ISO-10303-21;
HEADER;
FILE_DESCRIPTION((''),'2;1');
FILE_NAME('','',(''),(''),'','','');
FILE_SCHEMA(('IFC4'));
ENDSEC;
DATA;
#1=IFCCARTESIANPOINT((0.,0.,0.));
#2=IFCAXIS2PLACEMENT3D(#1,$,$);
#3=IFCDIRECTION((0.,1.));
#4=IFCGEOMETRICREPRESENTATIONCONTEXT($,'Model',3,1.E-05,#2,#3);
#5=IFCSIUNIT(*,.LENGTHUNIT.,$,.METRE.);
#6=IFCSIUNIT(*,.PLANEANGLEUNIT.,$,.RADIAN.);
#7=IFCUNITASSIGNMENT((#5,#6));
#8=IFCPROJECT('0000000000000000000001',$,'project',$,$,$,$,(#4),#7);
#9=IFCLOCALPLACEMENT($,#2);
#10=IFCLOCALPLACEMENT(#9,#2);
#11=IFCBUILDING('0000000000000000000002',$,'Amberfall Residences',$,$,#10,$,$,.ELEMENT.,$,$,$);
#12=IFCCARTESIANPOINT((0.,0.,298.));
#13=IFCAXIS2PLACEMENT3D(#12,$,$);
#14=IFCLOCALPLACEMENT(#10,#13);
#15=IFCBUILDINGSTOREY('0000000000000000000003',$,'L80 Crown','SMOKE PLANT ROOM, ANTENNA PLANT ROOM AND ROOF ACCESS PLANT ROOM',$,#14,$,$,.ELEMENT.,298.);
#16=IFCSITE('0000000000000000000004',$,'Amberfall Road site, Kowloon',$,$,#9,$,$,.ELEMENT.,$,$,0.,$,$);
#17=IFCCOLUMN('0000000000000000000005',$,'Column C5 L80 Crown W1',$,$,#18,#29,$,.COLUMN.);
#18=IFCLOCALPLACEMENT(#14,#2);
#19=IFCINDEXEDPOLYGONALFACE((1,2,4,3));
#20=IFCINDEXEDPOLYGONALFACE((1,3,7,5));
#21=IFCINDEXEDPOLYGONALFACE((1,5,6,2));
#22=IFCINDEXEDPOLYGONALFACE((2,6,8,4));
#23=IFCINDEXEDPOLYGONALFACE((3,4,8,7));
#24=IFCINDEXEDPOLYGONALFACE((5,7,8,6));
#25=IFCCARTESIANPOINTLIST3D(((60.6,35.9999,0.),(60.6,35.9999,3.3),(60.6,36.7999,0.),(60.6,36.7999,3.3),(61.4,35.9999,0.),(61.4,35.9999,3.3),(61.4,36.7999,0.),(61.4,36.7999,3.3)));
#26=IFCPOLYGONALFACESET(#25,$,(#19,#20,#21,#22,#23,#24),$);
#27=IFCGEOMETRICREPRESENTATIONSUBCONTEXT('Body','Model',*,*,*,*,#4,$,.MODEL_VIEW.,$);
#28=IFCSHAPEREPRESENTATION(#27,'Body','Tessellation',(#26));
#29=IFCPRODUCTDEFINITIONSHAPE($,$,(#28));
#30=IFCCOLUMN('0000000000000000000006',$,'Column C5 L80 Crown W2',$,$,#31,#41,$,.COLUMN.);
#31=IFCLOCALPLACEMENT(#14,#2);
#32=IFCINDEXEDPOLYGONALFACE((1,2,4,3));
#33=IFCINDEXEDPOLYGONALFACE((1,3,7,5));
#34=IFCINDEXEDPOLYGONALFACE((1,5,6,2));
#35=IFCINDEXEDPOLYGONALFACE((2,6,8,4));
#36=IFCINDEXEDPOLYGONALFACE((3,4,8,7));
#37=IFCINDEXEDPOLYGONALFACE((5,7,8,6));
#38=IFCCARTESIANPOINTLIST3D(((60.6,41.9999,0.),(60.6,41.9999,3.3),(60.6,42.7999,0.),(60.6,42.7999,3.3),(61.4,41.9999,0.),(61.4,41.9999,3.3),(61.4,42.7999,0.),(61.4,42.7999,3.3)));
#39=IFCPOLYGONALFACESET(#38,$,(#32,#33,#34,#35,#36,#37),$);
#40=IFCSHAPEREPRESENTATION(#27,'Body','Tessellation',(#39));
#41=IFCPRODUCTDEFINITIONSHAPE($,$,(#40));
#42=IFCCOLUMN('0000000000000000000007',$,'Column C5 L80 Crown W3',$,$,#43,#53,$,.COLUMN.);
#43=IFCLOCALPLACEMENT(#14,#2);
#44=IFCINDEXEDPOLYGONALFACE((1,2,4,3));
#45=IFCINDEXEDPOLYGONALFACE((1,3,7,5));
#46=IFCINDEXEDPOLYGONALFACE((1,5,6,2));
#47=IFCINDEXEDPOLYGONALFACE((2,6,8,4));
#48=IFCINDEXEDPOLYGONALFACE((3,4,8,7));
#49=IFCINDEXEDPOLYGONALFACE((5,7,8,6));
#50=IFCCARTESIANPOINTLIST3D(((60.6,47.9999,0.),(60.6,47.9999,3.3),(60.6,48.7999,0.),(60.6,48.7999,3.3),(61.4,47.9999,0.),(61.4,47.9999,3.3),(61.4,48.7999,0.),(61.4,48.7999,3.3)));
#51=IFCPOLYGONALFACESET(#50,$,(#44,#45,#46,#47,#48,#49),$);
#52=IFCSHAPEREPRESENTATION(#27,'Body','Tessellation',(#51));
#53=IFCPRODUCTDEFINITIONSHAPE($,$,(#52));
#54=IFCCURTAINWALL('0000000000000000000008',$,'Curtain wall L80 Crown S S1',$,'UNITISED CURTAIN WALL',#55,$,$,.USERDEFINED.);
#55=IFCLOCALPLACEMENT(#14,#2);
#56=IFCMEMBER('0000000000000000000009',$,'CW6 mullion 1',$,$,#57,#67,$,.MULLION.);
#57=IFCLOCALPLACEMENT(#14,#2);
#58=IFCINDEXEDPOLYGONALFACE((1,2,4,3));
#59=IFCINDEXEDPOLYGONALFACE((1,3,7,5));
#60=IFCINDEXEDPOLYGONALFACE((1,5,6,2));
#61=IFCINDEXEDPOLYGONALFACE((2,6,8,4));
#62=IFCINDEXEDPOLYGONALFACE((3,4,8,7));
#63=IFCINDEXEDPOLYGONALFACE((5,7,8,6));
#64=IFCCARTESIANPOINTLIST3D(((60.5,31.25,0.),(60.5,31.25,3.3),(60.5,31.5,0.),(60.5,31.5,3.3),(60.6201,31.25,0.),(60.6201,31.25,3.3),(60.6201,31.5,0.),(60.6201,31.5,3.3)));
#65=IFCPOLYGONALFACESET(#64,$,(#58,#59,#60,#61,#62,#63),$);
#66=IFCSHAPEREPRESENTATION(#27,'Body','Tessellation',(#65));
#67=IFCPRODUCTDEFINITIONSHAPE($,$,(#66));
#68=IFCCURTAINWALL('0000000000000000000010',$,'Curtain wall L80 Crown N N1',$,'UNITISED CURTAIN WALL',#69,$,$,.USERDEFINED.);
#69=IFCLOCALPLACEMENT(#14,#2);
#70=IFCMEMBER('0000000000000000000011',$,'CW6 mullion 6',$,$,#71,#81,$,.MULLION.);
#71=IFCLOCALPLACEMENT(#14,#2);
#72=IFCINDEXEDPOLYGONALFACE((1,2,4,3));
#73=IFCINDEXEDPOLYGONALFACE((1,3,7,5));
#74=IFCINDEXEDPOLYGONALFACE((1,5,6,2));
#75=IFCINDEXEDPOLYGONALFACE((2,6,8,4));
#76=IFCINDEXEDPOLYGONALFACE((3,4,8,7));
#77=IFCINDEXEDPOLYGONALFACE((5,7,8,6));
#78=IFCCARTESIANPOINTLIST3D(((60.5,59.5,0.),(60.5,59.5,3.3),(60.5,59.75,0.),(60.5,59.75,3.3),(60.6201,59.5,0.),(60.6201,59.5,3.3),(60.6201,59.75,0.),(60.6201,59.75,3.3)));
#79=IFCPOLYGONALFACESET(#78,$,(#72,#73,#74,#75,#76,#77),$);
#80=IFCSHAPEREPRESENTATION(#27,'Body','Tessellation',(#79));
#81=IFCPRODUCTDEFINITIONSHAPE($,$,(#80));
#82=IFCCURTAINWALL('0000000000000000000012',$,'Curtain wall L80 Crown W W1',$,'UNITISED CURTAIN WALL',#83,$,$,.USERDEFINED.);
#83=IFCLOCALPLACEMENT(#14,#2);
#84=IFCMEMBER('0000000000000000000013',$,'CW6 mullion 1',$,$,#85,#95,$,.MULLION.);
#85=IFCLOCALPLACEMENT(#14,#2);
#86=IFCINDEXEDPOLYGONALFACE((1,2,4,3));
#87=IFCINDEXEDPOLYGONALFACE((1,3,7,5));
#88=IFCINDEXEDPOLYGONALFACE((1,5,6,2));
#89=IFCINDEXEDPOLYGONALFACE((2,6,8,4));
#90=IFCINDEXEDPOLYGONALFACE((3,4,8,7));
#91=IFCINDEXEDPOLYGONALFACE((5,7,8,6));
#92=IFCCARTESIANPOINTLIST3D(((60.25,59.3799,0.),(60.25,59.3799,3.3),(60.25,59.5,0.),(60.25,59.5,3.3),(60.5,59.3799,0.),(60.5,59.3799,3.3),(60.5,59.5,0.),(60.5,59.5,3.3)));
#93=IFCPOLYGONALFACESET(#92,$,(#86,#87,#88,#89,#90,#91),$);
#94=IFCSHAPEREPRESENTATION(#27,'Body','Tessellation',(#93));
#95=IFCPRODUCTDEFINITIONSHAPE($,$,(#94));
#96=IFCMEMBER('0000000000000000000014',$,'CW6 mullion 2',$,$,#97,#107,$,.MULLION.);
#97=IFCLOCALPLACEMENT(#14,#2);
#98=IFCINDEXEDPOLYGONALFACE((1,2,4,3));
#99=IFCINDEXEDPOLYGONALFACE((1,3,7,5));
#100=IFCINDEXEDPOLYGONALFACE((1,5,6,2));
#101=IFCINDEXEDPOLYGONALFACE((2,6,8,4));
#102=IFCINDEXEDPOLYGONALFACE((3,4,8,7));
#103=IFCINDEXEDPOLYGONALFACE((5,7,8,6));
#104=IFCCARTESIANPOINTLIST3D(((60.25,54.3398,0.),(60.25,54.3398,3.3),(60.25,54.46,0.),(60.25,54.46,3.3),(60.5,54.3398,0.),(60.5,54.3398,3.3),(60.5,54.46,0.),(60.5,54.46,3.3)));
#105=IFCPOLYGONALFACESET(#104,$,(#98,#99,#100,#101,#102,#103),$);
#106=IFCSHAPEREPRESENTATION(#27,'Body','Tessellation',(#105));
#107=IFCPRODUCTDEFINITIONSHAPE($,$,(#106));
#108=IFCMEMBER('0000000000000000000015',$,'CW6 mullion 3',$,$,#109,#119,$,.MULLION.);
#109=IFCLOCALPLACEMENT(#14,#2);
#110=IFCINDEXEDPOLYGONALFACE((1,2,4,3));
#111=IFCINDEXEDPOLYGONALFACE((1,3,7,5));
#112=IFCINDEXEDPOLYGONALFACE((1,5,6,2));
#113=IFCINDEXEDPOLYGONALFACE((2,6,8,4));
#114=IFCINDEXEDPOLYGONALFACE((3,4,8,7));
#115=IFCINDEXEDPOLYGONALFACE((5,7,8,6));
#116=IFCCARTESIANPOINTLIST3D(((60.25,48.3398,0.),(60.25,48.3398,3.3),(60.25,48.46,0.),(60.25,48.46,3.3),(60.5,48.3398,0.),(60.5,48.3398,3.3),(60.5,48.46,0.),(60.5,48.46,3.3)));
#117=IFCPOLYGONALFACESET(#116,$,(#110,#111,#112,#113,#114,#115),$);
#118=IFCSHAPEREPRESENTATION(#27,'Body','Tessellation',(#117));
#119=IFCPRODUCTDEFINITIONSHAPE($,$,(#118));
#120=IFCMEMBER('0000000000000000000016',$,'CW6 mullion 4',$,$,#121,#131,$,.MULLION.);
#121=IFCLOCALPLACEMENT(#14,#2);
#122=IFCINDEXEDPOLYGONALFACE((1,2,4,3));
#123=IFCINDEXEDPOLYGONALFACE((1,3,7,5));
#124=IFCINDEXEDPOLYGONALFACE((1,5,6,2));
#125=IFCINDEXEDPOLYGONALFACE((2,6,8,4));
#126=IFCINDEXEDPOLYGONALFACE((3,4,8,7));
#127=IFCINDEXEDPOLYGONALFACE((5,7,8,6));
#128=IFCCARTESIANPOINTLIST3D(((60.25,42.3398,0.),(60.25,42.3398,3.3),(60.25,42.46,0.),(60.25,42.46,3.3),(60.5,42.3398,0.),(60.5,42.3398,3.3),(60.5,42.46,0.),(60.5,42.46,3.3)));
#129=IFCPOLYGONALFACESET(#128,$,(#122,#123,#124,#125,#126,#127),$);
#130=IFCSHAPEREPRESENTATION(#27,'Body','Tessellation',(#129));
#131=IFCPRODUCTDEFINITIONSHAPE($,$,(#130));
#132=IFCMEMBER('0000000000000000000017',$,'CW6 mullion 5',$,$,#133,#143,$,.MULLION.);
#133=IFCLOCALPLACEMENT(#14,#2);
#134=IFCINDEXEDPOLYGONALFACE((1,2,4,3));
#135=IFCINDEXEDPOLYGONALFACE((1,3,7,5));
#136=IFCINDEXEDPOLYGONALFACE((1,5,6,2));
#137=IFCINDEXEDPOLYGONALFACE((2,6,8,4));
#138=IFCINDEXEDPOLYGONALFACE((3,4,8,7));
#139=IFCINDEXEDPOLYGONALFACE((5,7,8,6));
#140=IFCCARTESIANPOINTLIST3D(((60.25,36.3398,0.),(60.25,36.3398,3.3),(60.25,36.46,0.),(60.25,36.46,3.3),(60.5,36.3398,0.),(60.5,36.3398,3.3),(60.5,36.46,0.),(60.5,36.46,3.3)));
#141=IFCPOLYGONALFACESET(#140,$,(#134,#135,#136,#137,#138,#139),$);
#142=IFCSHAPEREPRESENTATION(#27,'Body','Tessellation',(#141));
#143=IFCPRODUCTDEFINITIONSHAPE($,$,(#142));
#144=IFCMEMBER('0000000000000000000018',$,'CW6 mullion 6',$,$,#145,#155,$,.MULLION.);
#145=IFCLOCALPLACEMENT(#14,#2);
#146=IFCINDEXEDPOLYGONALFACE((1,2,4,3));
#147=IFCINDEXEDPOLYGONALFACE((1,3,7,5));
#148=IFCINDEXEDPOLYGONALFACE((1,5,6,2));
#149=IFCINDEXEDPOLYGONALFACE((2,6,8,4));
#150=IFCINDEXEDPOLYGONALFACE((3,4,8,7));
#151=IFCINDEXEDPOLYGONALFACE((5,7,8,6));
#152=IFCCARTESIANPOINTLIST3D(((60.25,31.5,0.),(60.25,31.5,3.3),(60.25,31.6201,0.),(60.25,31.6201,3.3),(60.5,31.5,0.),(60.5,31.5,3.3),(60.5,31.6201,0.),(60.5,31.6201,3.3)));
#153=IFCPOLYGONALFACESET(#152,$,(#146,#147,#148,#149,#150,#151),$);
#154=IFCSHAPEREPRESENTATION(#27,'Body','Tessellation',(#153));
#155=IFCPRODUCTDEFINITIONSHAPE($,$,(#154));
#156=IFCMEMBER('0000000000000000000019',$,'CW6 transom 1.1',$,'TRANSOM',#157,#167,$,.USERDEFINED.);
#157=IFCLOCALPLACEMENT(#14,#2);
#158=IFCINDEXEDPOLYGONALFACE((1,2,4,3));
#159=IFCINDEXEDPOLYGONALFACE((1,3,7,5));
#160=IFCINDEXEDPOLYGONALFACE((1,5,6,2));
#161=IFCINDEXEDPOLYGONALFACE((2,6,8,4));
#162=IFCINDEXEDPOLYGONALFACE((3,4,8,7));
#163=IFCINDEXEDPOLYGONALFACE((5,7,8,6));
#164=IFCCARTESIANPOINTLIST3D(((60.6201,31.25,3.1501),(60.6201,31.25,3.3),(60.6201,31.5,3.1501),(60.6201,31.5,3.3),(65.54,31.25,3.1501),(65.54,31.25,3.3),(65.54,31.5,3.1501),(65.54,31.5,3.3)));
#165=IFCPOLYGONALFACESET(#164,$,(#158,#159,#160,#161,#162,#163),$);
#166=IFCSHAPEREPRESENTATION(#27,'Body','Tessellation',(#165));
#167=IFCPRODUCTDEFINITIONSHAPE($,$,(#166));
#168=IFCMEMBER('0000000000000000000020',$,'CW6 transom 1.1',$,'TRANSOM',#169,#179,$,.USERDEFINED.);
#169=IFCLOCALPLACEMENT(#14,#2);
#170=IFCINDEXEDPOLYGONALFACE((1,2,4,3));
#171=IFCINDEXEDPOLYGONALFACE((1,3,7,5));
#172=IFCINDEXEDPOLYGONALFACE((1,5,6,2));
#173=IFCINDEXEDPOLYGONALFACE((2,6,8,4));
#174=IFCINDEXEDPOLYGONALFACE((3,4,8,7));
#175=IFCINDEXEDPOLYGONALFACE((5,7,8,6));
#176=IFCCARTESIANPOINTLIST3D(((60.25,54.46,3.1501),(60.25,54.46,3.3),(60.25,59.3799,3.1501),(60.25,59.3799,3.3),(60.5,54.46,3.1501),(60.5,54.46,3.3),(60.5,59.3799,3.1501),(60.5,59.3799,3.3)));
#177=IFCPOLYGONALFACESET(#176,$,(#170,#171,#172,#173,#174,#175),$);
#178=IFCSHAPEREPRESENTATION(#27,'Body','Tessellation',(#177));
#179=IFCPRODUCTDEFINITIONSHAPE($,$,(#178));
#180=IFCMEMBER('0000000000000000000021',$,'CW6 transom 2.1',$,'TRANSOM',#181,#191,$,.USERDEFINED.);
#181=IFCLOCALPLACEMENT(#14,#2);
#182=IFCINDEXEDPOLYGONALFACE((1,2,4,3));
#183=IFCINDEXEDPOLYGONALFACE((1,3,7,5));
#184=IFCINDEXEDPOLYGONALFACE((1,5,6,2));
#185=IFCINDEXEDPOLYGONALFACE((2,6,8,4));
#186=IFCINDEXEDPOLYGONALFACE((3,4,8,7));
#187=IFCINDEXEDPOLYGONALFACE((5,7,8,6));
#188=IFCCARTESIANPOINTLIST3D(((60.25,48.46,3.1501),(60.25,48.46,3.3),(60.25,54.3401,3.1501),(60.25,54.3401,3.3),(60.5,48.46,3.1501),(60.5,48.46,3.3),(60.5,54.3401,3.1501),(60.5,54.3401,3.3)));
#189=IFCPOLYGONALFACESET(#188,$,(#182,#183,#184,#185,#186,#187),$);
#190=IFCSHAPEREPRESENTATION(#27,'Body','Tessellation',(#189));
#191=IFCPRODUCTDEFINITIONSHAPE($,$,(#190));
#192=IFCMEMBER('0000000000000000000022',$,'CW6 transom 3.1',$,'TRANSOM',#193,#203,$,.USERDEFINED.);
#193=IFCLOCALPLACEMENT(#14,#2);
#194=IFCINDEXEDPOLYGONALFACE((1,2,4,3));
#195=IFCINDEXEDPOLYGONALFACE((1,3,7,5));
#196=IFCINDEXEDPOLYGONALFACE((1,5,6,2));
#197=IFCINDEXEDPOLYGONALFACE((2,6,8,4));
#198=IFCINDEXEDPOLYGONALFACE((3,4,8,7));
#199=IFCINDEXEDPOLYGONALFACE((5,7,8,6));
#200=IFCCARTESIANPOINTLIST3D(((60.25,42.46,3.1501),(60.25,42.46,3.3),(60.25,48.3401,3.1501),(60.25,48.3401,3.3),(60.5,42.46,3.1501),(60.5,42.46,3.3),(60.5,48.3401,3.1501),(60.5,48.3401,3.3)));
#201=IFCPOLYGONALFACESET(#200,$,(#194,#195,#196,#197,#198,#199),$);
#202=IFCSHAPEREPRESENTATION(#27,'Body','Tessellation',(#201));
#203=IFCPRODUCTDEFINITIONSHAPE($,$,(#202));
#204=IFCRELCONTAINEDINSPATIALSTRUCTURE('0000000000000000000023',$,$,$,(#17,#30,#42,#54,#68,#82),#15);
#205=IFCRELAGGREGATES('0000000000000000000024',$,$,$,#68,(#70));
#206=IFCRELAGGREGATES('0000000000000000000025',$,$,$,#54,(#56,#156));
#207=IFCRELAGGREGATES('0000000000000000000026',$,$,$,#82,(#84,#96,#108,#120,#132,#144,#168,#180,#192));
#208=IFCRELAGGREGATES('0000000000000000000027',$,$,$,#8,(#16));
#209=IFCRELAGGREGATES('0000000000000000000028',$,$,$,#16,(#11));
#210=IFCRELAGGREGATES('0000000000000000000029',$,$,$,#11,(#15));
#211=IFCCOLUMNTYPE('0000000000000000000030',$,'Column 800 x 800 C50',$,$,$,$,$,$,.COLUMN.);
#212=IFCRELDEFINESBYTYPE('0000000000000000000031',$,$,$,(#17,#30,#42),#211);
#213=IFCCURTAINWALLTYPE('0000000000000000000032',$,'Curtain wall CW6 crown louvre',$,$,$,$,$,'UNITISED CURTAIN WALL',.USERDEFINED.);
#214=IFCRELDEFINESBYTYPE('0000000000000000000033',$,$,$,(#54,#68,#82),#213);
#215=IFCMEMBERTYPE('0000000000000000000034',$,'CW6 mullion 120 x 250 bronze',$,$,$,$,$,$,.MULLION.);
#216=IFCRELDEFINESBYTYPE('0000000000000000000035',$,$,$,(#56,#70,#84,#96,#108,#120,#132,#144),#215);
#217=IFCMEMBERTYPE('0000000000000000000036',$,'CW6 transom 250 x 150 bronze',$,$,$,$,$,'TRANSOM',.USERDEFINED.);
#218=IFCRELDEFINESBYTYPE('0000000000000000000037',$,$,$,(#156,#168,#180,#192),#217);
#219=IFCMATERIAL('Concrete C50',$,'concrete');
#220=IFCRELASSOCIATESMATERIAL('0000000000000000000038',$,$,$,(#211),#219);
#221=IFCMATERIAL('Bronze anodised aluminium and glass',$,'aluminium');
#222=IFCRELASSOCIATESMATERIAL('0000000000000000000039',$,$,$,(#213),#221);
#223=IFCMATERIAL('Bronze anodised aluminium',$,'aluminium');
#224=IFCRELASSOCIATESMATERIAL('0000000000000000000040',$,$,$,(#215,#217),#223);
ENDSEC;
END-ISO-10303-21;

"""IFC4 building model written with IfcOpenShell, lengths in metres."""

from ifc_helpers import new_model, si_unit, direction, frame, origin, origin_2d, place, context, subcontext, project, spatial, rectangle, extrude, material, material_profile, profile_set, type_object, element, aggregate, save


model = new_model("IFC4")

# Units and contexts
model_context = context("Model", 3, precision=1e-05, world=origin(), true_north=direction((0.0, 1.0)))
body_context = subcontext(model_context, "Body", "Model", "MODEL_VIEW")
ifc_project = project(units=[si_unit("LENGTHUNIT", "METRE"), si_unit("PLANEANGLEUNIT", "RADIAN")], contexts=[model_context])

# Site, building, storey
site_placement = place(None, origin())
site = spatial("IfcSite", under=ifc_project, at=site_placement, Name="Amberfall Road site, Kowloon", CompositionType="ELEMENT", RefElevation=0.0)
building_placement = place(site_placement, origin())
building = spatial("IfcBuilding", under=site, at=building_placement, Name="Amberfall Residences", CompositionType="ELEMENT")
storey_placement = place(building_placement, frame((0.0, 0.0, 298.0)))
storey = spatial("IfcBuildingStorey", under=building, at=storey_placement, Name="L80 Crown", Description="SMOKE PLANT ROOM, ANTENNA PLANT ROOM AND ROOF ACCESS PLANT ROOM", CompositionType="ELEMENT", Elevation=298.0)

# Columns
ifc_material_1 = material(Name="Concrete C50", Category="concrete")
ifc_material_profile_1 = material_profile(ifc_material_1, rectangle(XDim=0.8, YDim=0.8, at=origin_2d()), Name="Column 800 x 800 C50")
ifc_profile_set_1 = profile_set([ifc_material_profile_1], Name="Concrete C50")
column_type = type_object("IfcColumnType", Name="Column 800 x 800 C50", PredefinedType="COLUMN", material=ifc_profile_set_1)
for number, where, z_axis, x_axis, name in (
    (1, (61.0, 36.3999, 0.0), (0.0, 0.0, 1.0), (1.0, 0.0, 0.0), "Column C5 L80 Crown W1"),
    (2, (61.0, 42.3999, 0.0), (0.0, 0.0, 1.0), (1.0, 0.0, 0.0), "Column C5 L80 Crown W2"),
    (3, (61.0, 48.3999, 0.0), (0.0, 0.0, 1.0), (1.0, 0.0, 0.0), "Column C5 L80 Crown W3"),
):
    element("IfcColumn", number, at=place(storey_placement, frame(where, z_axis=z_axis, x_axis=x_axis)), inside=storey, type_object=column_type, Name=name, PredefinedType="COLUMN", context=body_context, shape_type="SweptSolid", body=[
        extrude(rectangle(XDim=0.8, YDim=0.8, at=origin_2d()), origin(), (0.0, 0.0, 1.0), 3.3),
    ])

# Curtain walls, members
ifc_material_2 = material(Name="Bronze anodised aluminium and glass", Category="aluminium")
curtain_wall_type = type_object("IfcCurtainWallType", Name="Curtain wall CW6 crown louvre", ElementType="UNITISED CURTAIN WALL", PredefinedType="USERDEFINED", material=ifc_material_2)
curtain_wall_1_placement = place(storey_placement, origin())
curtain_wall_1 = element("IfcCurtainWall", 4, at=curtain_wall_1_placement, inside=storey, type_object=curtain_wall_type, Name="Curtain wall L80 Crown S S1", ObjectType="UNITISED CURTAIN WALL", PredefinedType="USERDEFINED")
ifc_material_3 = material(Name="Bronze anodised aluminium", Category="aluminium")
ifc_material_profile_2 = material_profile(ifc_material_3, rectangle(XDim=0.25, YDim=0.1201, at=origin_2d()), Name="CW6 mullion 120 x 250 bronze")
ifc_profile_set_2 = profile_set([ifc_material_profile_2], Name="Bronze anodised aluminium")
member_type_1 = type_object("IfcMemberType", Name="CW6 mullion 120 x 250 bronze", PredefinedType="MULLION", material=ifc_profile_set_2)
member_1_placement = place(storey_placement, frame((60.5601, 31.375, 0.0), z_axis=(0.0, 0.0, 1.0), x_axis=(0.0, 1.0, 0.0)))
member_1 = element("IfcMember", 5, at=member_1_placement, type_object=member_type_1, Name="CW6 mullion 1", PredefinedType="MULLION", context=body_context, shape_type="SweptSolid", body=[
    extrude(rectangle(XDim=0.25, YDim=0.1201, at=origin_2d()), origin(), (0.0, 0.0, 1.0), 3.3),
])
curtain_wall_2_placement = place(storey_placement, origin())
curtain_wall_2 = element("IfcCurtainWall", 6, at=curtain_wall_2_placement, inside=storey, type_object=curtain_wall_type, Name="Curtain wall L80 Crown N N1", ObjectType="UNITISED CURTAIN WALL", PredefinedType="USERDEFINED")
member_2_placement = place(storey_placement, frame((60.5601, 59.625, 0.0), z_axis=(0.0, 0.0, 1.0), x_axis=(0.0, -1.0, 0.0)))
member_2 = element("IfcMember", 7, at=member_2_placement, type_object=member_type_1, Name="CW6 mullion 6", PredefinedType="MULLION", context=body_context, shape_type="SweptSolid", body=[
    extrude(rectangle(XDim=0.25, YDim=0.1201, at=origin_2d()), origin(), (0.0, 0.0, 1.0), 3.3),
])
aggregate(curtain_wall_2, [member_2])

# Curtain wall, members
curtain_wall_3_placement = place(storey_placement, origin())
curtain_wall_3 = element("IfcCurtainWall", 8, at=curtain_wall_3_placement, inside=storey, type_object=curtain_wall_type, Name="Curtain wall L80 Crown W W1", ObjectType="UNITISED CURTAIN WALL", PredefinedType="USERDEFINED")
member_3_placement = place(storey_placement, frame((60.375, 59.4399, 0.0), z_axis=(0.0, 0.0, 1.0), x_axis=(1.0, 0.0, 0.0)))
member_3 = element("IfcMember", 9, at=member_3_placement, type_object=member_type_1, Name="CW6 mullion 1", PredefinedType="MULLION", context=body_context, shape_type="SweptSolid", body=[
    extrude(rectangle(XDim=0.25, YDim=0.1201, at=origin_2d()), origin(), (0.0, 0.0, 1.0), 3.3),
])
member_4_placement = place(storey_placement, frame((60.375, 54.3999, 0.0), z_axis=(0.0, 0.0, 1.0), x_axis=(1.0, 0.0, 0.0)))
member_4 = element("IfcMember", 10, at=member_4_placement, type_object=member_type_1, Name="CW6 mullion 2", PredefinedType="MULLION", context=body_context, shape_type="SweptSolid", body=[
    extrude(rectangle(XDim=0.25, YDim=0.1201, at=origin_2d()), origin(), (0.0, 0.0, 1.0), 3.3),
])
member_5_placement = place(storey_placement, frame((60.375, 48.3999, 0.0), z_axis=(0.0, 0.0, 1.0), x_axis=(1.0, 0.0, 0.0)))
member_5 = element("IfcMember", 11, at=member_5_placement, type_object=member_type_1, Name="CW6 mullion 3", PredefinedType="MULLION", context=body_context, shape_type="SweptSolid", body=[
    extrude(rectangle(XDim=0.25, YDim=0.1201, at=origin_2d()), origin(), (0.0, 0.0, 1.0), 3.3),
])
member_6_placement = place(storey_placement, frame((60.375, 42.3999, 0.0), z_axis=(0.0, 0.0, 1.0), x_axis=(1.0, 0.0, 0.0)))
member_6 = element("IfcMember", 12, at=member_6_placement, type_object=member_type_1, Name="CW6 mullion 4", PredefinedType="MULLION", context=body_context, shape_type="SweptSolid", body=[
    extrude(rectangle(XDim=0.25, YDim=0.1201, at=origin_2d()), origin(), (0.0, 0.0, 1.0), 3.3),
])
member_7_placement = place(storey_placement, frame((60.375, 36.3999, 0.0), z_axis=(0.0, 0.0, 1.0), x_axis=(1.0, 0.0, 0.0)))
member_7 = element("IfcMember", 13, at=member_7_placement, type_object=member_type_1, Name="CW6 mullion 5", PredefinedType="MULLION", context=body_context, shape_type="SweptSolid", body=[
    extrude(rectangle(XDim=0.25, YDim=0.1201, at=origin_2d()), origin(), (0.0, 0.0, 1.0), 3.3),
])
member_8_placement = place(storey_placement, frame((60.375, 31.5601, 0.0), z_axis=(0.0, 0.0, 1.0), x_axis=(1.0, 0.0, 0.0)))
member_8 = element("IfcMember", 14, at=member_8_placement, type_object=member_type_1, Name="CW6 mullion 6", PredefinedType="MULLION", context=body_context, shape_type="SweptSolid", body=[
    extrude(rectangle(XDim=0.25, YDim=0.1201, at=origin_2d()), origin(), (0.0, 0.0, 1.0), 3.3),
])

# Members
ifc_material_profile_3 = material_profile(ifc_material_3, rectangle(XDim=0.25, YDim=0.1499, at=origin_2d()), Name="CW6 transom 250 x 150 bronze")
ifc_profile_set_3 = profile_set([ifc_material_profile_3], Name="Bronze anodised aluminium")
member_type_2 = type_object("IfcMemberType", Name="CW6 transom 250 x 150 bronze", ElementType="TRANSOM", PredefinedType="USERDEFINED", material=ifc_profile_set_3)
member_9_placement = place(storey_placement, frame((60.6201, 31.375, 3.2251), z_axis=(1.0, 0.0, 0.0), x_axis=(0.0, 1.0, 0.0)))
member_9 = element("IfcMember", 15, at=member_9_placement, type_object=member_type_2, Name="CW6 transom 1.1", ObjectType="TRANSOM", PredefinedType="USERDEFINED", context=body_context, shape_type="SweptSolid", body=[
    extrude(rectangle(XDim=0.25, YDim=0.1499, at=origin_2d()), origin(), (0.0, 0.0, 1.0), 4.9199),
])
aggregate(curtain_wall_1, [member_1, member_9])
member_10_placement = place(storey_placement, frame((60.375, 59.3799, 3.2251), z_axis=(0.0, -1.0, 0.0), x_axis=(1.0, 0.0, 0.0)))
member_10 = element("IfcMember", 16, at=member_10_placement, type_object=member_type_2, Name="CW6 transom 1.1", ObjectType="TRANSOM", PredefinedType="USERDEFINED", context=body_context, shape_type="SweptSolid", body=[
    extrude(rectangle(XDim=0.25, YDim=0.1499, at=origin_2d()), origin(), (0.0, 0.0, 1.0), 4.9199),
])
member_11_placement = place(storey_placement, frame((60.375, 54.3401, 3.2251), z_axis=(0.0, -1.0, 0.0), x_axis=(1.0, 0.0, 0.0)))
member_11 = element("IfcMember", 17, at=member_11_placement, type_object=member_type_2, Name="CW6 transom 2.1", ObjectType="TRANSOM", PredefinedType="USERDEFINED", context=body_context, shape_type="SweptSolid", body=[
    extrude(rectangle(XDim=0.25, YDim=0.1499, at=origin_2d()), origin(), (0.0, 0.0, 1.0), 5.8801),
])
member_12_placement = place(storey_placement, frame((60.375, 48.3401, 3.2251), z_axis=(0.0, -1.0, 0.0), x_axis=(1.0, 0.0, 0.0)))
member_12 = element("IfcMember", 18, at=member_12_placement, type_object=member_type_2, Name="CW6 transom 3.1", ObjectType="TRANSOM", PredefinedType="USERDEFINED", context=body_context, shape_type="SweptSolid", body=[
    extrude(rectangle(XDim=0.25, YDim=0.1499, at=origin_2d()), origin(), (0.0, 0.0, 1.0), 5.8801),
])

aggregate(curtain_wall_3, [member_3, member_4, member_5, member_6, member_7, member_8, member_10, member_11, member_12])

save(model, "model.ifc")
